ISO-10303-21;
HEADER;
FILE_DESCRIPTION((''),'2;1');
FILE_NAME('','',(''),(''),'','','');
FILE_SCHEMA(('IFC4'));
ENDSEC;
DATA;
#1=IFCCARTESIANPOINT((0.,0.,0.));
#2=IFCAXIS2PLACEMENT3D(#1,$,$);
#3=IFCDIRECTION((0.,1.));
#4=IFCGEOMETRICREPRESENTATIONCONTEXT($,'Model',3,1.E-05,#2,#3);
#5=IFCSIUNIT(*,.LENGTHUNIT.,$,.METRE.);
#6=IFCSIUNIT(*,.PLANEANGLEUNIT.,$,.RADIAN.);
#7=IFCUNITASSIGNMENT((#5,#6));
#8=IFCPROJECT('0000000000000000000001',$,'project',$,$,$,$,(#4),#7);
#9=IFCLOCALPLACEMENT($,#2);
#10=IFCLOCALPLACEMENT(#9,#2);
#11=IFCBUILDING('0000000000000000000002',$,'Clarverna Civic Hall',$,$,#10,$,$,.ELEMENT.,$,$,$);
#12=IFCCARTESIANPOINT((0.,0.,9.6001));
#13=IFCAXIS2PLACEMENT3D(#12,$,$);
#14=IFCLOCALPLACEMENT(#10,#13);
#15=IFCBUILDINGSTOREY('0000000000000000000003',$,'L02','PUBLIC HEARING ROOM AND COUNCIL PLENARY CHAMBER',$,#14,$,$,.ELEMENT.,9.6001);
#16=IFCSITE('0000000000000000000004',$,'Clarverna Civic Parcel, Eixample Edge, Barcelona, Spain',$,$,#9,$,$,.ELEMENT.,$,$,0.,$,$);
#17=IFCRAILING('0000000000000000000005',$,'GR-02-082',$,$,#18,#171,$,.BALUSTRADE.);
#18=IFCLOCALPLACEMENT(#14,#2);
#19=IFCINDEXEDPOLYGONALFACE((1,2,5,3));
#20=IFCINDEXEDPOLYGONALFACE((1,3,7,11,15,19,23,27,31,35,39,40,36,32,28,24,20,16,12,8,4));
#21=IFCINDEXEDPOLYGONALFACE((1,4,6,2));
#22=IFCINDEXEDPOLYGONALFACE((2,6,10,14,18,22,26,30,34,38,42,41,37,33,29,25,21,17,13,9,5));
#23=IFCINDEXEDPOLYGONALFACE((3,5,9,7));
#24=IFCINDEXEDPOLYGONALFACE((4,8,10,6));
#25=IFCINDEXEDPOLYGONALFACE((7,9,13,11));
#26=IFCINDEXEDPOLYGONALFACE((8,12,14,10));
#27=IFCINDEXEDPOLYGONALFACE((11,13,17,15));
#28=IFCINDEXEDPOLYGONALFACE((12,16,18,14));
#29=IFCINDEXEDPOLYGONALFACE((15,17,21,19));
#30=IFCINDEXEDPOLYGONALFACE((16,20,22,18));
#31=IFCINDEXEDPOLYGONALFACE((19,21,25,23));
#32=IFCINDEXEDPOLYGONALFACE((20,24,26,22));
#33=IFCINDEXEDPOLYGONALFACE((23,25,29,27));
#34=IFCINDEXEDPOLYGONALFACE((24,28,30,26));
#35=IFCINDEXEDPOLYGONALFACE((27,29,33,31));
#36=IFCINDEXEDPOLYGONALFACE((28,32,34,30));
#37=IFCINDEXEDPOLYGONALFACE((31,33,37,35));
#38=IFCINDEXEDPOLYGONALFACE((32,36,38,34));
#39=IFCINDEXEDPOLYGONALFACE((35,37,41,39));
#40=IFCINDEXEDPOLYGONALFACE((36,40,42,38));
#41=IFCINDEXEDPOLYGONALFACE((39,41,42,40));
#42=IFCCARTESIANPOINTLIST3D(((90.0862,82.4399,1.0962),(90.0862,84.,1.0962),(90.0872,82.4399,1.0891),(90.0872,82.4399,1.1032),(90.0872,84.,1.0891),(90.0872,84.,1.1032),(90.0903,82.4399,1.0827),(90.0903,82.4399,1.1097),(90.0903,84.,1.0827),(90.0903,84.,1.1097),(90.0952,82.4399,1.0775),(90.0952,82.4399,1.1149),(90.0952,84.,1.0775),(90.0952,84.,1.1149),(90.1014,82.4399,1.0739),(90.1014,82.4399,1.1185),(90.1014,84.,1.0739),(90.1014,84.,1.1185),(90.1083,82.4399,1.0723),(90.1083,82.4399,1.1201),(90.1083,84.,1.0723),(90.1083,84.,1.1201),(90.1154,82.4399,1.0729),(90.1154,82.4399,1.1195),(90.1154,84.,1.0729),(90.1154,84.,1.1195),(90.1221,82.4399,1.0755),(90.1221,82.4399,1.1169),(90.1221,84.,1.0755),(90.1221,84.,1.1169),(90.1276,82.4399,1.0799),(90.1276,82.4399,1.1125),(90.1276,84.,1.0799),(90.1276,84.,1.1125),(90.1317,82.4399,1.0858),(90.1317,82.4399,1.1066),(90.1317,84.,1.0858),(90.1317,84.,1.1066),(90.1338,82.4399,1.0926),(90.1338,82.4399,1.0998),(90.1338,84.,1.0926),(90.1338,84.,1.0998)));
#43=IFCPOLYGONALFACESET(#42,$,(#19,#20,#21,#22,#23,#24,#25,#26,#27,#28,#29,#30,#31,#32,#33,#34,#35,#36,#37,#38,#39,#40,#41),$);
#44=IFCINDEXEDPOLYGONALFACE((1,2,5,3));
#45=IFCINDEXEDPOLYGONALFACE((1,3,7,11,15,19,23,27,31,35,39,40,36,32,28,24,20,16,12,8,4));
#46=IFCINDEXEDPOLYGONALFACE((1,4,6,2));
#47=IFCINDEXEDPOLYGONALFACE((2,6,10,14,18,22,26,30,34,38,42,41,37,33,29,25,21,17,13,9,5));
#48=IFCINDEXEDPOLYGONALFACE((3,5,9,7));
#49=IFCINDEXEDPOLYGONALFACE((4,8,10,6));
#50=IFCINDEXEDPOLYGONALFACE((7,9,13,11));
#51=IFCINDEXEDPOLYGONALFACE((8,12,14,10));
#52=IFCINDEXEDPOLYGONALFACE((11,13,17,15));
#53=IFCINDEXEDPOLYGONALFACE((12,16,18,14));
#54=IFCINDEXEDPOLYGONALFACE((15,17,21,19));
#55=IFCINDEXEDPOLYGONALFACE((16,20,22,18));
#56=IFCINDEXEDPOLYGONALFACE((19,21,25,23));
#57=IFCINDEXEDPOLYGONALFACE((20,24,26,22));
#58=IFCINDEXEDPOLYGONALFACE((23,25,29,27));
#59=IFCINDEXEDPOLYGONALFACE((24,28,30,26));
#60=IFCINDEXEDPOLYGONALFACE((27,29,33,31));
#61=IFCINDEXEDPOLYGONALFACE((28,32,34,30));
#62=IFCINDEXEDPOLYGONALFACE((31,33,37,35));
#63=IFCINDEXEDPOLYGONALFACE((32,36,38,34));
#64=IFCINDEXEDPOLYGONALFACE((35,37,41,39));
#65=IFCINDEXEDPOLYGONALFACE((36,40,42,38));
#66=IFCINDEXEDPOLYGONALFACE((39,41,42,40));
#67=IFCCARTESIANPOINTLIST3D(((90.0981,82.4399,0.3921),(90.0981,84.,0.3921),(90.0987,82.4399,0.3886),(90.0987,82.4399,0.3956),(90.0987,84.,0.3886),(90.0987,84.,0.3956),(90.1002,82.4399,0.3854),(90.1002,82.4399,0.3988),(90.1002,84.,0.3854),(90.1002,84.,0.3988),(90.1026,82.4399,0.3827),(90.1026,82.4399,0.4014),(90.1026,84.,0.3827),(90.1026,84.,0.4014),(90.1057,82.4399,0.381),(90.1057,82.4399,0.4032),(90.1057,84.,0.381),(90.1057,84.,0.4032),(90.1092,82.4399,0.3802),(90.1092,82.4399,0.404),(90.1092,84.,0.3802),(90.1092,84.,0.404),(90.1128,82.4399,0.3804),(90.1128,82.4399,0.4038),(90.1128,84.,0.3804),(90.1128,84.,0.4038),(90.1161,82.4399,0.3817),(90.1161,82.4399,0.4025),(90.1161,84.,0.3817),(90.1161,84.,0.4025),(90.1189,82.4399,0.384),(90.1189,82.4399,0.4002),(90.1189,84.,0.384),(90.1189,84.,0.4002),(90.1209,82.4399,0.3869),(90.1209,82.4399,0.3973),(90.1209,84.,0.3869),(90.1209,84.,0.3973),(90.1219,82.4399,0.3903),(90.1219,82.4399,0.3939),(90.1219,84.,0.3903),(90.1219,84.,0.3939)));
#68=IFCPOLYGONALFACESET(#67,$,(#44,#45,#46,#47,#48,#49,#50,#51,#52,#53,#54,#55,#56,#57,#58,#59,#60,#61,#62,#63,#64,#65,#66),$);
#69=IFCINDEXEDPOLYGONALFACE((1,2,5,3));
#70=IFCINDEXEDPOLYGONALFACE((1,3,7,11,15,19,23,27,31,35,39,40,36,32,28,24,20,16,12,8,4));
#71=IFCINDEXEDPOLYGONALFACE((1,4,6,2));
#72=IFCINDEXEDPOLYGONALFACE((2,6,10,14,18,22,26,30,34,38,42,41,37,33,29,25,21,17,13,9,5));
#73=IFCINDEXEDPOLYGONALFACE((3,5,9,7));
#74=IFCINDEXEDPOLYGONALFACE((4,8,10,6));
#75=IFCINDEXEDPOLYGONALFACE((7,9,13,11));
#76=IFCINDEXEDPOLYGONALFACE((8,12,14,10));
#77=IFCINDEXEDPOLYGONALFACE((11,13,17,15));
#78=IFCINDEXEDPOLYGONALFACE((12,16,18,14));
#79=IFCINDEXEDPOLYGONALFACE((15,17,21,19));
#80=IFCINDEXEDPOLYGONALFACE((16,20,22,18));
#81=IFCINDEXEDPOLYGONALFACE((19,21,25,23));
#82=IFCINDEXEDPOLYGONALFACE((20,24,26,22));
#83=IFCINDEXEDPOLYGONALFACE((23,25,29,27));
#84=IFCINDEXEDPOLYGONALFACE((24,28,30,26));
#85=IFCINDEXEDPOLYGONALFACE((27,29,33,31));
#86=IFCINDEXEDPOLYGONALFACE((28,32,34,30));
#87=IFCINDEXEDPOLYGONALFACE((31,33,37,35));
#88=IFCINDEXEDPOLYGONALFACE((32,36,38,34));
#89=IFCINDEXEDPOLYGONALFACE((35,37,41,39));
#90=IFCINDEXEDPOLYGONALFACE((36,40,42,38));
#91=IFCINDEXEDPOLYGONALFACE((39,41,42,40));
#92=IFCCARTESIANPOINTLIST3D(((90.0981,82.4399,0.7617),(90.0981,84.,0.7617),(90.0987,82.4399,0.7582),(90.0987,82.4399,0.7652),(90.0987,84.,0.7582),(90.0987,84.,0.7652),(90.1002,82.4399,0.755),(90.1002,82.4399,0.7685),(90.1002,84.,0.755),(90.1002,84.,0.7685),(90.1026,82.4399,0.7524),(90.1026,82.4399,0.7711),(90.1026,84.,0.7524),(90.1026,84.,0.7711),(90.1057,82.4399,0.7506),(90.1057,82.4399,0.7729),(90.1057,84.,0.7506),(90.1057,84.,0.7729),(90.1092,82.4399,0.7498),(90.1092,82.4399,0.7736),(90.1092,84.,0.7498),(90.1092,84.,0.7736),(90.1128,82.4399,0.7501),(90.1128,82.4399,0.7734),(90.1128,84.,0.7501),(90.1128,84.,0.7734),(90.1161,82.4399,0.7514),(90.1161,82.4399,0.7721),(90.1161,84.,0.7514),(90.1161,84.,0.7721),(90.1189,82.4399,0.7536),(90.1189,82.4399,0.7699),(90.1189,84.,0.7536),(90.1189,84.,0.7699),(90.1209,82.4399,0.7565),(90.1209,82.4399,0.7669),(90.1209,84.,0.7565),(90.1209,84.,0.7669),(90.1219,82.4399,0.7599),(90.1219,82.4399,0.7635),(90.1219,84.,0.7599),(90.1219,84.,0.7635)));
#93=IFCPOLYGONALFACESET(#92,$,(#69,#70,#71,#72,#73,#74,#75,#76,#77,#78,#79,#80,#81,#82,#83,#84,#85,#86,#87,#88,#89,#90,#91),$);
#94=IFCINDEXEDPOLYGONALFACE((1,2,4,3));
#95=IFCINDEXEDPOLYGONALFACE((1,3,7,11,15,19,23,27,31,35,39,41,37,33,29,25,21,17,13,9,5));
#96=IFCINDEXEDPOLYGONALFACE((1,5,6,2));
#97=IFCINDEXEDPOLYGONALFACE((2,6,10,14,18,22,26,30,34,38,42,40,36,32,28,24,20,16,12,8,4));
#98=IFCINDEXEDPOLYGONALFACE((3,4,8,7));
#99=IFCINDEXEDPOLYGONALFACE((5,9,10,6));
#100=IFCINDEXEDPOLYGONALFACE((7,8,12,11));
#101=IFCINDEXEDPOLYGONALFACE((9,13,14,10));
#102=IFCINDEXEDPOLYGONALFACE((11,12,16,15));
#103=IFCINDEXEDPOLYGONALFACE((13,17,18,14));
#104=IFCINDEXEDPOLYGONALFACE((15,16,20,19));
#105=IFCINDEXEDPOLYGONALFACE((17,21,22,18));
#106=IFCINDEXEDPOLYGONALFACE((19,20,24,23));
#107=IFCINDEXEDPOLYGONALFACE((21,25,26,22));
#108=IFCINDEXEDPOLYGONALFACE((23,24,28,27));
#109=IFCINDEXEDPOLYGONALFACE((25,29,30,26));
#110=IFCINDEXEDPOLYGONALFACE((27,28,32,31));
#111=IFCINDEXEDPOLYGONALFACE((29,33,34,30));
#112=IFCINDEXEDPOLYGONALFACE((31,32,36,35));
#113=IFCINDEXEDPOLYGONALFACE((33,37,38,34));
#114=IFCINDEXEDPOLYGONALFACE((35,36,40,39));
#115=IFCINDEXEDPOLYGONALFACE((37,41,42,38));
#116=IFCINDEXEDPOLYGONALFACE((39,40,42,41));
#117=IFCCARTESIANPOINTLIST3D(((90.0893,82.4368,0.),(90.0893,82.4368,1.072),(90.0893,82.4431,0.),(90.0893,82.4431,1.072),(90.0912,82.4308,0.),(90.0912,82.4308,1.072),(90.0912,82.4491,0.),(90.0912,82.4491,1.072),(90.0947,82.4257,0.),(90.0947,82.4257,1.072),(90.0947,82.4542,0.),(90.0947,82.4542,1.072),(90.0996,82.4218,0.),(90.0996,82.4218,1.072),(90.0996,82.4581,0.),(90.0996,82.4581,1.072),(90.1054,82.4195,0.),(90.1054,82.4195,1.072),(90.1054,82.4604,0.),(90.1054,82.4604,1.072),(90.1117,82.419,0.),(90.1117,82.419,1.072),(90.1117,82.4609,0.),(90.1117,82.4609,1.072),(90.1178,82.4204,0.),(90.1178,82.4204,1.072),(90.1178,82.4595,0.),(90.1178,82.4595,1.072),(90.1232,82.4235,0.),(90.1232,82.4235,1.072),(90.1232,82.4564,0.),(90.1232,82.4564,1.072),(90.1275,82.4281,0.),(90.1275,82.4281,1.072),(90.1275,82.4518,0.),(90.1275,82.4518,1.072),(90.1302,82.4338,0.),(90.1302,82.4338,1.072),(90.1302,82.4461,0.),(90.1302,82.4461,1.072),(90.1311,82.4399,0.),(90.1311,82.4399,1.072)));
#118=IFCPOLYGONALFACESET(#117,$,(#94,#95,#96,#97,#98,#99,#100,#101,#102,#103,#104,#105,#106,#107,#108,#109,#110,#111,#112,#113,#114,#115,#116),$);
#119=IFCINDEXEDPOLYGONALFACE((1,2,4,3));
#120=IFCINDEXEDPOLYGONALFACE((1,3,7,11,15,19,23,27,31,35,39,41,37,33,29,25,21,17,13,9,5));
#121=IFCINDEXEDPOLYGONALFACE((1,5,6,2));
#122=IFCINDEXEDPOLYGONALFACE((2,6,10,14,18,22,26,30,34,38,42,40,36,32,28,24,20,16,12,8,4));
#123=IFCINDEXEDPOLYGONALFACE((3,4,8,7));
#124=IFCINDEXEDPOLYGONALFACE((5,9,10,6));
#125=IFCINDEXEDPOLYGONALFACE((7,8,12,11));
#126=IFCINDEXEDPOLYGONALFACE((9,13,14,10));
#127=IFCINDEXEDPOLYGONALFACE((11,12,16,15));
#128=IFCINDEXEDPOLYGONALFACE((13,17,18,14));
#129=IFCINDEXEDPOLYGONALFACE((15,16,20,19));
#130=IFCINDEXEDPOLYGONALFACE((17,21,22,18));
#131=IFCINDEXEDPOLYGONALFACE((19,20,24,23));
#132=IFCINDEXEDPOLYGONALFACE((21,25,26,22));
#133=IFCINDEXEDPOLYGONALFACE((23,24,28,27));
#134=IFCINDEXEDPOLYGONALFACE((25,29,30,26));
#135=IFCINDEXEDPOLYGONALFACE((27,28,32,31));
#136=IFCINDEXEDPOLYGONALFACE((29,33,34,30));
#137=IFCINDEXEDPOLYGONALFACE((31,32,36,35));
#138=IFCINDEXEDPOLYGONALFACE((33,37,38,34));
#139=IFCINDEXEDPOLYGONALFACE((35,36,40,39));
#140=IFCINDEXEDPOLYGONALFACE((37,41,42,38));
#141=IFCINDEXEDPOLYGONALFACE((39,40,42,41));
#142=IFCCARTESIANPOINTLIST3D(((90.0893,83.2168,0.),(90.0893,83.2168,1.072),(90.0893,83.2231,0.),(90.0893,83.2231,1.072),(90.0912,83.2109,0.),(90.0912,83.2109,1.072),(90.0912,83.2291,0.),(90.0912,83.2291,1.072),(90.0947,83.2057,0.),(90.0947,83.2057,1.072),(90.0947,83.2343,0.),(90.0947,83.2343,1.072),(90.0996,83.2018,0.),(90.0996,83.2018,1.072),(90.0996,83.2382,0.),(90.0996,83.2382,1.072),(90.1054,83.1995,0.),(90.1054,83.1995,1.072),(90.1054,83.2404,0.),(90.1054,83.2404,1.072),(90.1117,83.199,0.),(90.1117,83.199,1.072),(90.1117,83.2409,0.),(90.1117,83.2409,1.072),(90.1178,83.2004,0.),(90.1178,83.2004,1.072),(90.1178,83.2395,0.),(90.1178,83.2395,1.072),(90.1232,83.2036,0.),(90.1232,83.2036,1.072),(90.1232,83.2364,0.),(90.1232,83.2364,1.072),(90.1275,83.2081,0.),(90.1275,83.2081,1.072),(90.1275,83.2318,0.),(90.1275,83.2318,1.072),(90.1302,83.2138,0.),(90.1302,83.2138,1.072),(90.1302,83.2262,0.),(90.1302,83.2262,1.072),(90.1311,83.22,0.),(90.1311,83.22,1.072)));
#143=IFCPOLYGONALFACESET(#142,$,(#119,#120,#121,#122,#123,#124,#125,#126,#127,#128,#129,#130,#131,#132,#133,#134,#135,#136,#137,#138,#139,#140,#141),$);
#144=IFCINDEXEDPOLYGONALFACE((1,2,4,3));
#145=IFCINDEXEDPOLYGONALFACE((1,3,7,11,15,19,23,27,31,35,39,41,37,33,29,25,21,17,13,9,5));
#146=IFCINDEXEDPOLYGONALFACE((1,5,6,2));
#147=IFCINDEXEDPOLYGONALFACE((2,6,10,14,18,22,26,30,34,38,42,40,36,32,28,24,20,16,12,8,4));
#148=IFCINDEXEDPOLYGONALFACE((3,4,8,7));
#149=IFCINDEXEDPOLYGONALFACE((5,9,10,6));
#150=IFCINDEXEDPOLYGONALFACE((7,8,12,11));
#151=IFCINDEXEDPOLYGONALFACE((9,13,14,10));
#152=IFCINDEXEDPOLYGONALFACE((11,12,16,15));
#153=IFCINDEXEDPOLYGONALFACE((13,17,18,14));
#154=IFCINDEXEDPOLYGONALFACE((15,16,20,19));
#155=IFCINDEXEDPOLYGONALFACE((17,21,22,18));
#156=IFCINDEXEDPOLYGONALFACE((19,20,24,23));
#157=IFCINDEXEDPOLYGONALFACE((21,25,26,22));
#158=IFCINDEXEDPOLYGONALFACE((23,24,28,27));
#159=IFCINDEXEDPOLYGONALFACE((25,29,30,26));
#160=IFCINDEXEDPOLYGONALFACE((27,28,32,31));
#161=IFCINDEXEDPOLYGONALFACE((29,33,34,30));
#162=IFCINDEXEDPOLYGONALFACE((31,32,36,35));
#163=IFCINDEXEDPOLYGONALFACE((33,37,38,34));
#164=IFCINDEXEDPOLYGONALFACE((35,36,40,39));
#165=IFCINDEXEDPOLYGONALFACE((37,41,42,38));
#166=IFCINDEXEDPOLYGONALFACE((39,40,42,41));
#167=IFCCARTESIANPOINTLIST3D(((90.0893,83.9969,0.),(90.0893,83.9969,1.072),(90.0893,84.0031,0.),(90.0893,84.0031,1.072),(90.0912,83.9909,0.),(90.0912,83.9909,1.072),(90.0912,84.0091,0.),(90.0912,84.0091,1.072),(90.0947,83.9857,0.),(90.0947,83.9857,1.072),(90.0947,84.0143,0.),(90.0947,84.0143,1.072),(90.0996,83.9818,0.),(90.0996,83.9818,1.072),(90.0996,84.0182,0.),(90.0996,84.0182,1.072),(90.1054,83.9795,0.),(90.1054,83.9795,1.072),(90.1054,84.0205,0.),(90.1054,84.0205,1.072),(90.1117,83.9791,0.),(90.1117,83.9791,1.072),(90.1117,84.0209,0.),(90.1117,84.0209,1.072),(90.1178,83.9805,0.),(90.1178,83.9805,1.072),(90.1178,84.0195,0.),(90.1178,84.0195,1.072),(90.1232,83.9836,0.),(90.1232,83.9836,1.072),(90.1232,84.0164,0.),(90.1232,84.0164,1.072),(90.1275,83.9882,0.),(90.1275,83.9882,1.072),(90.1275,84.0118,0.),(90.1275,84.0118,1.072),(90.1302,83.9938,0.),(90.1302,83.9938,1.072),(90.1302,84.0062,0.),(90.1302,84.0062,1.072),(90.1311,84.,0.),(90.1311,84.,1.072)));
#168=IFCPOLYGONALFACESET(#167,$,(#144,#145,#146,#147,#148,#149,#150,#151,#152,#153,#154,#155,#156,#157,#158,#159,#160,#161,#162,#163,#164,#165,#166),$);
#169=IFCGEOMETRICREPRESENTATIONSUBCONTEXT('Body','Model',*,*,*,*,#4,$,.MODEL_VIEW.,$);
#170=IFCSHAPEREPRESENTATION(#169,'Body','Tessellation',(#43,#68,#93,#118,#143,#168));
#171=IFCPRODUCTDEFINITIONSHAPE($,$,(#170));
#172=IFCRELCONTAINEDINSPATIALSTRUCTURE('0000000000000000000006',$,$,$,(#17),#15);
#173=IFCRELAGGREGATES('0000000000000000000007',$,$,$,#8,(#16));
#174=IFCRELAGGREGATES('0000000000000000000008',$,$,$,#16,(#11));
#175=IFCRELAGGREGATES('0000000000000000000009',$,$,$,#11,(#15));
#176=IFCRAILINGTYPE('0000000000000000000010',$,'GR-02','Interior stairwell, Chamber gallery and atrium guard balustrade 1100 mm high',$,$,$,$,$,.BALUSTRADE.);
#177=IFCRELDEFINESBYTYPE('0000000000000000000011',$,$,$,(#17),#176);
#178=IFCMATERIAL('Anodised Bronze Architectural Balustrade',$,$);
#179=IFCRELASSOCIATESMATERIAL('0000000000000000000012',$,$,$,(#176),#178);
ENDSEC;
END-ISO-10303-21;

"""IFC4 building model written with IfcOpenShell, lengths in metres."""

from ifc_helpers import new_model, si_unit, direction, frame, origin, origin_2d, place, context, subcontext, project, spatial, circle, extrude, material, type_object, element, save


model = new_model("IFC4")

# Units and contexts
model_context = context("Model", 3, precision=1e-05, world=origin(), true_north=direction((0.0, 1.0)))
body_context = subcontext(model_context, "Body", "Model", "MODEL_VIEW")
ifc_project = project(units=[si_unit("LENGTHUNIT", "METRE"), si_unit("PLANEANGLEUNIT", "RADIAN")], contexts=[model_context])

# Site, building, storey
site_placement = place(None, origin())
site = spatial("IfcSite", under=ifc_project, at=site_placement, Name="Clarverna Civic Parcel, Eixample Edge, Barcelona, Spain", CompositionType="ELEMENT", RefElevation=0.0)
building_placement = place(site_placement, origin())
building = spatial("IfcBuilding", under=site, at=building_placement, Name="Clarverna Civic Hall", CompositionType="ELEMENT")
storey_placement = place(building_placement, frame((0.0, 0.0, 9.6001)))
storey = spatial("IfcBuildingStorey", under=building, at=storey_placement, Name="L02", Description="PUBLIC HEARING ROOM AND COUNCIL PLENARY CHAMBER", CompositionType="ELEMENT", Elevation=9.6001)

# Railing
ifc_material_1 = material(Name="Anodised Bronze Architectural Balustrade")
railing_type_1 = type_object("IfcRailingType", Name="GR-02", Description="Interior stairwell, Chamber gallery and atrium guard balustrade 1100 mm high", PredefinedType="BALUSTRADE", material=ifc_material_1)
railing_1_placement = place(storey_placement, frame((90.1101, 82.4399, 0.0)))
element("IfcRailing", 1, at=railing_1_placement, inside=storey, type_object=railing_type_1, Name="GR-02-082", PredefinedType="BALUSTRADE", context=body_context, shape_type="SweptSolid", body=[
    extrude(circle(Radius=0.0239, at=origin_2d()), frame((0.0, 0.0, 1.0962), z_axis=(0.0, 1.0, 0.0), x_axis=(-1.0, 0.0, 0.0)), (0.0, 0.0, 1.0), 1.5601),
    extrude(circle(Radius=0.012, at=origin_2d()), frame((0.0, 0.0, 0.3921), z_axis=(0.0, 1.0, 0.0), x_axis=(-1.0, 0.0, 0.0)), (0.0, 0.0, 1.0), 1.5601),
    extrude(circle(Radius=0.012, at=origin_2d()), frame((0.0, 0.0, 0.7617), z_axis=(0.0, 1.0, 0.0), x_axis=(-1.0, 0.0, 0.0)), (0.0, 0.0, 1.0), 1.5601),
    extrude(circle(Radius=0.021, at=origin_2d()), origin(), (0.0, 0.0, 1.0), 1.072),
    extrude(circle(Radius=0.021, at=origin_2d()), frame((0.0, 0.78, 0.0)), (0.0, 0.0, 1.0), 1.072),
    extrude(circle(Radius=0.021, at=origin_2d()), frame((0.0, 1.5601, 0.0)), (0.0, 0.0, 1.0), 1.072),
])

save(model, "model.ifc")
